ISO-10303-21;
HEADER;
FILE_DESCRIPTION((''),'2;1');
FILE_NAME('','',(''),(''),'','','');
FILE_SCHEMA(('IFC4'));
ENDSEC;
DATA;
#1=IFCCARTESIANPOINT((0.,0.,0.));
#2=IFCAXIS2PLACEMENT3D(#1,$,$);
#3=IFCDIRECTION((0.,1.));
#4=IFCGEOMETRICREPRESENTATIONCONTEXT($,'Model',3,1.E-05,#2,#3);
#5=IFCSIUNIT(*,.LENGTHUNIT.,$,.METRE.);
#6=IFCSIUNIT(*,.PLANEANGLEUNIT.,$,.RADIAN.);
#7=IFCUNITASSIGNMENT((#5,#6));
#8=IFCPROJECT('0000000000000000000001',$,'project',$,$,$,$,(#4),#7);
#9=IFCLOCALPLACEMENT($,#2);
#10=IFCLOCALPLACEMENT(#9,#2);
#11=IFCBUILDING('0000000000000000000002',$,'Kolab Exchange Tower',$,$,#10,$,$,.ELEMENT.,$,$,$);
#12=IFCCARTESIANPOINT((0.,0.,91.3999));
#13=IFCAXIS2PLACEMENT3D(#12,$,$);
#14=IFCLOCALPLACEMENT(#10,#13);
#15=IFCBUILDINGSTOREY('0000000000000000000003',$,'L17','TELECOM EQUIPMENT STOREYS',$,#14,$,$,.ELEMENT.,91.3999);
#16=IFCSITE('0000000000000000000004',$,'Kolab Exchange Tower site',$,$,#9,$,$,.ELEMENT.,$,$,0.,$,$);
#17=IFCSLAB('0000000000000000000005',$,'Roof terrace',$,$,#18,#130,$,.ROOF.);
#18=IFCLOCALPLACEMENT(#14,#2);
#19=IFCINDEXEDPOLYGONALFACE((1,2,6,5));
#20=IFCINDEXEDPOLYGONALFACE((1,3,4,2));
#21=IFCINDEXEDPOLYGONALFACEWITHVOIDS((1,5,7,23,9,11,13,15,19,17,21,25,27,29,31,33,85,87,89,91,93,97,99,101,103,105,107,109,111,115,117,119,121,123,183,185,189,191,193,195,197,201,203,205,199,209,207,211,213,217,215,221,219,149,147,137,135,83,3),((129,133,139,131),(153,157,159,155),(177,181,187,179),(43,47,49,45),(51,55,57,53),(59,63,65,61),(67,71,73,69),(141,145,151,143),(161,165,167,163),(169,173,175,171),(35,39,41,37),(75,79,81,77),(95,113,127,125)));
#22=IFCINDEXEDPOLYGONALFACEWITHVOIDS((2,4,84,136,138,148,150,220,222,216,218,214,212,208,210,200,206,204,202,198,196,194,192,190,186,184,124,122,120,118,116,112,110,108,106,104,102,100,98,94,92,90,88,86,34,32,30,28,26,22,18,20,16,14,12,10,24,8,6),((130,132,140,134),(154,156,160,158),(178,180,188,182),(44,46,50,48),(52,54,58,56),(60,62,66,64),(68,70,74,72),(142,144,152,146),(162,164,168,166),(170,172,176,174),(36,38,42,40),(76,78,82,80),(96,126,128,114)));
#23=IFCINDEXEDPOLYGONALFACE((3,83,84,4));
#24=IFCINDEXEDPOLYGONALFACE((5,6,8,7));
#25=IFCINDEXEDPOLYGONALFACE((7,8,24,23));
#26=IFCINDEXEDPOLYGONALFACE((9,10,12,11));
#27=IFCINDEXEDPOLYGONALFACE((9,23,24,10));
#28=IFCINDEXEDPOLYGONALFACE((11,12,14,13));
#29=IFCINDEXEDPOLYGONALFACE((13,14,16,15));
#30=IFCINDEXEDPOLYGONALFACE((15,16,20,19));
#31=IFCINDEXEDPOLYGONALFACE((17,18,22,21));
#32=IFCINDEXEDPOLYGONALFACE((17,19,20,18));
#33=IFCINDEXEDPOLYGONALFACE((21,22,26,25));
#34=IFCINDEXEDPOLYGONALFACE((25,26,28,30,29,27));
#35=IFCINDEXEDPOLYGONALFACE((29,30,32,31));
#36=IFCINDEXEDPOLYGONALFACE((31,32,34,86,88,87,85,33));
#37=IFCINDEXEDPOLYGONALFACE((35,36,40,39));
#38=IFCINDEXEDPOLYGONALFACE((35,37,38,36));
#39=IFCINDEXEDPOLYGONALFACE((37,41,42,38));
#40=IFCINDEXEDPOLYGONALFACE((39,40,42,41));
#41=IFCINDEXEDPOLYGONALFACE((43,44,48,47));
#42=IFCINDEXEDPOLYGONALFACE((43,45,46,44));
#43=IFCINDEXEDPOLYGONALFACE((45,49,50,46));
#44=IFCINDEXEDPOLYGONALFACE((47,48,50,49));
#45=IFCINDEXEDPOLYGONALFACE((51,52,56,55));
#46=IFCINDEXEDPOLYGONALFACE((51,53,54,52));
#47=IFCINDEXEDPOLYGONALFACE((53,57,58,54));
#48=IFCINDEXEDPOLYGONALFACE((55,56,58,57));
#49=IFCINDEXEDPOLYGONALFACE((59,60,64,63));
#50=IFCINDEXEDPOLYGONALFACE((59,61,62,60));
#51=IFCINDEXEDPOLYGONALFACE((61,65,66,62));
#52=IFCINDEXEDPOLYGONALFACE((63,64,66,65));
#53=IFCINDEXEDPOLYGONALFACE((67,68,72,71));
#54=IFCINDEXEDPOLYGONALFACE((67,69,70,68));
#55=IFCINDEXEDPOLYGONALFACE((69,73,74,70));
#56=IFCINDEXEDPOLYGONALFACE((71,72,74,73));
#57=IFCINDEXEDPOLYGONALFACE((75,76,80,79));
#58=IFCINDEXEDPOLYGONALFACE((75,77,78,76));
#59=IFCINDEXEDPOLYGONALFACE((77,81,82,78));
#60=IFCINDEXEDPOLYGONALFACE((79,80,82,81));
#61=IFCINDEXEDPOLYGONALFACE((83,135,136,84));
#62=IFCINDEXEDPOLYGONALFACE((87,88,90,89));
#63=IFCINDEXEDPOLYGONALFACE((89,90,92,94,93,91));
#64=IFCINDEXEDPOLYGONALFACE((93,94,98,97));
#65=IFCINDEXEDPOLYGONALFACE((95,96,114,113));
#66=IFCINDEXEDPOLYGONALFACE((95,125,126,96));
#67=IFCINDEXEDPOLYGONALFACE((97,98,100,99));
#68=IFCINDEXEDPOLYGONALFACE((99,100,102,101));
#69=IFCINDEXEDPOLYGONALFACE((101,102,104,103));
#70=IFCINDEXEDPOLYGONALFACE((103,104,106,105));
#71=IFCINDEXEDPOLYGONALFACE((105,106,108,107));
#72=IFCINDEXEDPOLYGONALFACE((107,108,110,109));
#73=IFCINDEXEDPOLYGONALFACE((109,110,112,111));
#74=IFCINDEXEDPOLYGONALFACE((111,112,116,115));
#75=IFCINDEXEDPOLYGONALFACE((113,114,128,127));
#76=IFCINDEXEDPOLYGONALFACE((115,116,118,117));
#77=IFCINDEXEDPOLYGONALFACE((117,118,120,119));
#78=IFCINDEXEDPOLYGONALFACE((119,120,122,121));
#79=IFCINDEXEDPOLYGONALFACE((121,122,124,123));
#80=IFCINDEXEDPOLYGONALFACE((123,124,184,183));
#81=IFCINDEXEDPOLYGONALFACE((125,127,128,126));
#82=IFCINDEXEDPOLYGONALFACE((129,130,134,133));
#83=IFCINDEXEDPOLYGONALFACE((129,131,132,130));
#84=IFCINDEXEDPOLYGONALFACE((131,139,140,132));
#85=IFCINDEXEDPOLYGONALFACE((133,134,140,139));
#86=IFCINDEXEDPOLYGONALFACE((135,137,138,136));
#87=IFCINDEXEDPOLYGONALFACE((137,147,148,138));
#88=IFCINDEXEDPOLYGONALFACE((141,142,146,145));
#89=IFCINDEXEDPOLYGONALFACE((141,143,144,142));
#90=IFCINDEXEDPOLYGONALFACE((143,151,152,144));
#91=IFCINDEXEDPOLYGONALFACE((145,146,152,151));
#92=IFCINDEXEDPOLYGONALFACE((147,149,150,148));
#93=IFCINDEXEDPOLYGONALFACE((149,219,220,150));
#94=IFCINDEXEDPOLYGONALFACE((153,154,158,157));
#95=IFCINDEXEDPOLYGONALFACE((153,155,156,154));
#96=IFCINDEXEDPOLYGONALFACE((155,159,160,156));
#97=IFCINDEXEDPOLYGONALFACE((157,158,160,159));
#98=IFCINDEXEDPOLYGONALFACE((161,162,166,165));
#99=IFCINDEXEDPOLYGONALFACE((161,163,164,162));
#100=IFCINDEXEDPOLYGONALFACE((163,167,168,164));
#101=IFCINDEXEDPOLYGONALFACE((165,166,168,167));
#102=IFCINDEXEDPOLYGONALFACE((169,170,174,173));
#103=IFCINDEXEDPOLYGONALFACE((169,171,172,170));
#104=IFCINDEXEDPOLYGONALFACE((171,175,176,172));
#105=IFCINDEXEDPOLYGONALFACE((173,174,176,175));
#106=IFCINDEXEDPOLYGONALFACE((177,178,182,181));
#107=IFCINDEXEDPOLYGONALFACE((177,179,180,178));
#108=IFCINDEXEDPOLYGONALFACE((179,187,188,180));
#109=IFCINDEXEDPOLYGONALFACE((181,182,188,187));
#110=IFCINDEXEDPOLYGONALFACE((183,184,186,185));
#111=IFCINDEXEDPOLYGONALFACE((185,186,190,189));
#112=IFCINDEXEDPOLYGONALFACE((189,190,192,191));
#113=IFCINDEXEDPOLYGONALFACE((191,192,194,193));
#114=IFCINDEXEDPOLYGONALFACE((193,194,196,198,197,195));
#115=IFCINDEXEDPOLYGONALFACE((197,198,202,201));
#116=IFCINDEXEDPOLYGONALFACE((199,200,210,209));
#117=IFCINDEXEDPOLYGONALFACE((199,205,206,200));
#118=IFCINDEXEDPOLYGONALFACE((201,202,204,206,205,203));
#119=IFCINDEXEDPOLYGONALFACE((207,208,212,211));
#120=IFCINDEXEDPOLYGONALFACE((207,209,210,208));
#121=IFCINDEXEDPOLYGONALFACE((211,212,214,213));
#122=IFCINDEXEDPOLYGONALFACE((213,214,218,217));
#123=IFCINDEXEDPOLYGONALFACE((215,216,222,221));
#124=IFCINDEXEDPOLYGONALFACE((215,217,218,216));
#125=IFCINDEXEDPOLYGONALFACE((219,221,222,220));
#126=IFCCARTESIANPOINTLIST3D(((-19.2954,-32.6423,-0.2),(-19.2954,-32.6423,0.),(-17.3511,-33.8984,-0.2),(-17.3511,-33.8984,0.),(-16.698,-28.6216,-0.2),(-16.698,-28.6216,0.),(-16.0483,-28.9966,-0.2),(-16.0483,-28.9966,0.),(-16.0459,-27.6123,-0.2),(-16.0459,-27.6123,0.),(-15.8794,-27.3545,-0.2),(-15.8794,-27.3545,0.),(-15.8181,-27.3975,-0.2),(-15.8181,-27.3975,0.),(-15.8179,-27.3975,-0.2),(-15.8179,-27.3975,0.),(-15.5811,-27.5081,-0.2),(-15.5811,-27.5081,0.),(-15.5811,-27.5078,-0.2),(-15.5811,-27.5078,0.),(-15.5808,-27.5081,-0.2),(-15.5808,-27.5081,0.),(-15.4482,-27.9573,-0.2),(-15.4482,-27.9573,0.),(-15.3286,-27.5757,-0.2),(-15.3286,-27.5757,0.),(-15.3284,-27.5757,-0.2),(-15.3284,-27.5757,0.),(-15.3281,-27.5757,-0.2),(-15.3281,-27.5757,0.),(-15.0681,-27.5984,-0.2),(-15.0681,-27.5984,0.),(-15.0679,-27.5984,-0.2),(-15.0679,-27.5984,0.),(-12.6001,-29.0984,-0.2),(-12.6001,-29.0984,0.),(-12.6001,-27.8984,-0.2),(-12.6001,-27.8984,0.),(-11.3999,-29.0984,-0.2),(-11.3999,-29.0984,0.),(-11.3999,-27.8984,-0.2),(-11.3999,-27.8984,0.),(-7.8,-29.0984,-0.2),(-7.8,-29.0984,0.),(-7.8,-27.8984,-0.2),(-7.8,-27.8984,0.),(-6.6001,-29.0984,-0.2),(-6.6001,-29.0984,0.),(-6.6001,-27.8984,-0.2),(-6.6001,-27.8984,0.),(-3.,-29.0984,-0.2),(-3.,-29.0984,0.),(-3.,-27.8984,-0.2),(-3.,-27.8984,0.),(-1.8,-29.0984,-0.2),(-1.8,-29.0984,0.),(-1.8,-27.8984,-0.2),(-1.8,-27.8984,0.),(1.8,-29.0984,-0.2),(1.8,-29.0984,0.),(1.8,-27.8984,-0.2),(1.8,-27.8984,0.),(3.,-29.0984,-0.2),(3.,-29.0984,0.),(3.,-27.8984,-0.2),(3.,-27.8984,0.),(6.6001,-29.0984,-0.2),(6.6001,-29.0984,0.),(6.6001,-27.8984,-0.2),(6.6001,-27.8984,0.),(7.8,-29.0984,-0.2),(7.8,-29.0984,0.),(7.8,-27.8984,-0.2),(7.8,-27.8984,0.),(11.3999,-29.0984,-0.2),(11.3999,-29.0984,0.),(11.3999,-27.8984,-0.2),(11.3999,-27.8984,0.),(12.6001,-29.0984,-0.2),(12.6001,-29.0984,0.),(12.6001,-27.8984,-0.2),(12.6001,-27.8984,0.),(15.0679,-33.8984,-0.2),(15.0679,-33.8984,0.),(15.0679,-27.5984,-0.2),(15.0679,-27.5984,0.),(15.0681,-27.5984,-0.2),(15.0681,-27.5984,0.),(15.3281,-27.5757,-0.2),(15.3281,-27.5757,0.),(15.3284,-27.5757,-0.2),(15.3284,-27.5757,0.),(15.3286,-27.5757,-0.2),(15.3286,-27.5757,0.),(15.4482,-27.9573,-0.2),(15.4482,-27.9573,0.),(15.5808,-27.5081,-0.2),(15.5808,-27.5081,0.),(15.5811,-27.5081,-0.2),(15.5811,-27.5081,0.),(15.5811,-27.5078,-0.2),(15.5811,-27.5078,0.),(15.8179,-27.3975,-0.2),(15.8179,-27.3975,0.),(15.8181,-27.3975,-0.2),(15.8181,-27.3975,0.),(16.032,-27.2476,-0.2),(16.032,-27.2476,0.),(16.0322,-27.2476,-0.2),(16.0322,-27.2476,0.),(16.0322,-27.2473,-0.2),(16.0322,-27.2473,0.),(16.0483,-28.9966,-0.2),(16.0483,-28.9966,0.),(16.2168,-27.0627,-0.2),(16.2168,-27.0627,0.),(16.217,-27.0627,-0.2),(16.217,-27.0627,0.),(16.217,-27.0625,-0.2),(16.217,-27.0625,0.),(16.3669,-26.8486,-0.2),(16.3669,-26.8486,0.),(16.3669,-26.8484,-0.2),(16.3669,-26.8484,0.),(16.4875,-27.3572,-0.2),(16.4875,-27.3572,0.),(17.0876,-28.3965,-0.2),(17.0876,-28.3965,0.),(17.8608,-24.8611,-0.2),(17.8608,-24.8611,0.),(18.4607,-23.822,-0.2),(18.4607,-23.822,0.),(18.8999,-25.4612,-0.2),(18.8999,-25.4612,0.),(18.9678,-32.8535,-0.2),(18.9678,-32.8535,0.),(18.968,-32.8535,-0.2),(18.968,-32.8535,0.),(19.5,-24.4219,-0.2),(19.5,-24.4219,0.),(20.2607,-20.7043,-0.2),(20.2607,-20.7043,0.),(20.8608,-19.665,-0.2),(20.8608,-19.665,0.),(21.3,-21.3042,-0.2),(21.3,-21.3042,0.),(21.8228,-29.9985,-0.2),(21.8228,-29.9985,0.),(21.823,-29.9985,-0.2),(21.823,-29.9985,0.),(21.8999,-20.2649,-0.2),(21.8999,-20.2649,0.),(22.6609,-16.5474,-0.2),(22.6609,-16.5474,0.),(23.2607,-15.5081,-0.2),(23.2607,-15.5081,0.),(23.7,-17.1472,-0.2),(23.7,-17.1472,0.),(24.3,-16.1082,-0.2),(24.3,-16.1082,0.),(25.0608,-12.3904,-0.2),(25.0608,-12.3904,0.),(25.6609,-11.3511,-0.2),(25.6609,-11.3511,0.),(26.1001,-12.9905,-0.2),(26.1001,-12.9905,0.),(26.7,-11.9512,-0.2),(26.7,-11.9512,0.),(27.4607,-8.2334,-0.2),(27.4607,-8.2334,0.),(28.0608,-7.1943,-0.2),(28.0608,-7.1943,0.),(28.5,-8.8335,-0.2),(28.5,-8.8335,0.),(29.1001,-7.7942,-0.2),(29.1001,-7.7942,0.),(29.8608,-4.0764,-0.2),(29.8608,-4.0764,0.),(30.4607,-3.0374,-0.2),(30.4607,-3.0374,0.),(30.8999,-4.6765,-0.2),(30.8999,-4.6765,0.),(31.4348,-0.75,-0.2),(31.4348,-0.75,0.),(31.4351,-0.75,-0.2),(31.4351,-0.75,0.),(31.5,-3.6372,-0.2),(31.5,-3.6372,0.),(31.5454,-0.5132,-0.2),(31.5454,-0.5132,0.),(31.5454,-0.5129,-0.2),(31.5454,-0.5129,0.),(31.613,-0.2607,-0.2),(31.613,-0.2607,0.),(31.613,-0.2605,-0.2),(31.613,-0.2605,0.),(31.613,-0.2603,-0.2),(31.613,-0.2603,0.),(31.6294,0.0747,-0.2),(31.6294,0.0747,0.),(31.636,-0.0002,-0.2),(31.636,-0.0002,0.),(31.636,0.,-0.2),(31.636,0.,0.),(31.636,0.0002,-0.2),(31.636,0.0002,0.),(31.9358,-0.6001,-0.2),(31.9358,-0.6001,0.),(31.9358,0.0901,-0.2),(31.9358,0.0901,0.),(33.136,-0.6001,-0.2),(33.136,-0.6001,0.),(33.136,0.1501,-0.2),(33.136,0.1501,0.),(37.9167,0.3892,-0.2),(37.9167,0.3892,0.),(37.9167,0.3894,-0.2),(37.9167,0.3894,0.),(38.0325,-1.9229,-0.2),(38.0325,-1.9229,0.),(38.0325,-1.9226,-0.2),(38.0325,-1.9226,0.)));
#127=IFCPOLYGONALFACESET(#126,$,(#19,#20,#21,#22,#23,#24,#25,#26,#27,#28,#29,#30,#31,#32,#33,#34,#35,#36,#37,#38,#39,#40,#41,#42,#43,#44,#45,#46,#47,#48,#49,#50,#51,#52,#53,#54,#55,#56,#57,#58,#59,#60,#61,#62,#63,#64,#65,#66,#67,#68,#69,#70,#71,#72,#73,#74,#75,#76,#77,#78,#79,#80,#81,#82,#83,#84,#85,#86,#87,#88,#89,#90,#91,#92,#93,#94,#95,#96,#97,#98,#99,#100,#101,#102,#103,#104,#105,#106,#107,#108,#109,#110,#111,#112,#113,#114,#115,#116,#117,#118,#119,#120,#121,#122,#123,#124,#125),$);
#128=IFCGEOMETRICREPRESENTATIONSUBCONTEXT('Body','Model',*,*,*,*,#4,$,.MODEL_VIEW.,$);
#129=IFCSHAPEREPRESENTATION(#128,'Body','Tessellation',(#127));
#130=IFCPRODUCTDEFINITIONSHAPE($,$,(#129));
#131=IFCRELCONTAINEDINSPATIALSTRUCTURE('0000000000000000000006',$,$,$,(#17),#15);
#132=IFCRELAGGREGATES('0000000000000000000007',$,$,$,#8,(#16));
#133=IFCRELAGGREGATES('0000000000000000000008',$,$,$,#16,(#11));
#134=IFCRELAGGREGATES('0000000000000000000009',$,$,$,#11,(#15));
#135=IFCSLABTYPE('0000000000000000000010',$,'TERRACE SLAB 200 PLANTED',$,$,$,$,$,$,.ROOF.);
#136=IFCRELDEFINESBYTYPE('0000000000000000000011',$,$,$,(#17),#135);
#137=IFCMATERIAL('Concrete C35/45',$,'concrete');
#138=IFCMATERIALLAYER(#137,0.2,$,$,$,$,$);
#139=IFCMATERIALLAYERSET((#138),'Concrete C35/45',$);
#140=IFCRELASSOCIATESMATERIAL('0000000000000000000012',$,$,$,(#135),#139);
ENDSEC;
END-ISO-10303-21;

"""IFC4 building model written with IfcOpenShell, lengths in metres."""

from ifc_helpers import new_model, si_unit, direction, frame, origin, place, context, subcontext, project, spatial, polyline, outline, extrude, material, layer, layer_set, type_object, element, save


model = new_model("IFC4")

# Units and contexts
model_context = context("Model", 3, precision=1e-05, world=origin(), true_north=direction((0.0, 1.0)))
body_context = subcontext(model_context, "Body", "Model", "MODEL_VIEW")
ifc_project = project(units=[si_unit("LENGTHUNIT", "METRE"), si_unit("PLANEANGLEUNIT", "RADIAN")], contexts=[model_context])

# Site, building, storey
site_placement = place(None, origin())
site = spatial("IfcSite", under=ifc_project, at=site_placement, Name="Kolab Exchange Tower site", CompositionType="ELEMENT", RefElevation=0.0)
building_placement = place(site_placement, origin())
building = spatial("IfcBuilding", under=site, at=building_placement, Name="Kolab Exchange Tower", CompositionType="ELEMENT")
storey_placement = place(building_placement, frame((0.0, 0.0, 91.3999)))
storey = spatial("IfcBuildingStorey", under=building, at=storey_placement, Name="L17", Description="TELECOM EQUIPMENT STOREYS", CompositionType="ELEMENT", Elevation=91.3999)

# Slab
ifc_material_1 = material(Name="Concrete C35/45", Category="concrete")
ifc_layer_1 = layer(ifc_material_1, 0.2)
ifc_layer_set_1 = layer_set([ifc_layer_1], Name="Concrete C35/45")
slab_type_1 = type_object("IfcSlabType", Name="TERRACE SLAB 200 PLANTED", PredefinedType="ROOF", material=ifc_layer_set_1)
slab_1_placement = place(storey_placement, frame((0.0, 0.0, -0.2)))
element("IfcSlab", 1, at=slab_1_placement, inside=storey, type_object=slab_type_1, Name="Roof terrace", PredefinedType="ROOF", context=body_context, shape_type="SweptSolid", body=[
    extrude(outline(polyline([(-19.2954, -32.6423), (-17.3511, -33.8984), (15.0679, -33.8984), (18.9678, -32.8535), (18.968, -32.8535), (21.8228, -29.9985), (21.823, -29.9985), (38.0325, -1.9229), (38.0325, -1.9226), (37.9167, 0.3892), (37.9167, 0.3894), (33.136, 0.1501), (33.136, -0.6001), (31.9358, -0.6001), (31.9358, 0.0901), (31.6294, 0.0747), (31.636, 0.0002), (31.636, 0.0), (31.636, -0.0002), (31.613, -0.2603), (31.613, -0.2605), (31.613, -0.2607), (31.5454, -0.5129), (31.5454, -0.5132), (31.4351, -0.75), (31.4348, -0.75), (16.3669, -26.8484), (16.3669, -26.8486), (16.217, -27.0625), (16.217, -27.0627), (16.2168, -27.0627), (16.0322, -27.2473), (16.0322, -27.2476), (16.032, -27.2476), (15.8181, -27.3975), (15.8179, -27.3975), (15.5811, -27.5078), (15.5811, -27.5081), (15.5808, -27.5081), (15.3286, -27.5757), (15.3284, -27.5757), (15.3281, -27.5757), (15.0681, -27.5984), (15.0679, -27.5984), (-15.0679, -27.5984), (-15.0681, -27.5984), (-15.3281, -27.5757), (-15.3284, -27.5757), (-15.3286, -27.5757), (-15.5808, -27.5081), (-15.5811, -27.5081), (-15.5811, -27.5078), (-15.8179, -27.3975), (-15.8181, -27.3975), (-15.8794, -27.3545), (-16.0459, -27.6123), (-15.4482, -27.9573), (-16.0483, -28.9966), (-16.698, -28.6216), (-19.2954, -32.6423)]), holes=[polyline([(-12.6001, -27.8984), (-11.3999, -27.8984), (-11.3999, -29.0984), (-12.6001, -29.0984), (-12.6001, -27.8984)]), polyline([(-3.0, -27.8984), (-1.8, -27.8984), (-1.8, -29.0984), (-3.0, -29.0984), (-3.0, -27.8984)]), polyline([(-7.8, -27.8984), (-6.6001, -27.8984), (-6.6001, -29.0984), (-7.8, -29.0984), (-7.8, -27.8984)]), polyline([(6.6001, -27.8984), (7.8, -27.8984), (7.8, -29.0984), (6.6001, -29.0984), (6.6001, -27.8984)]), polyline([(1.8, -27.8984), (3.0, -27.8984), (3.0, -29.0984), (1.8, -29.0984), (1.8, -27.8984)]), polyline([(11.3999, -27.8984), (12.6001, -27.8984), (12.6001, -29.0984), (11.3999, -29.0984), (11.3999, -27.8984)]), polyline([(16.4875, -27.3572), (17.0876, -28.3965), (16.0483, -28.9966), (15.4482, -27.9573), (16.4875, -27.3572)]), polyline([(18.4607, -23.822), (19.5, -24.4219), (18.8999, -25.4612), (17.8608, -24.8611), (18.4607, -23.822)]), polyline([(20.2607, -20.7043), (20.8608, -19.665), (21.8999, -20.2649), (21.3, -21.3042), (20.2607, -20.7043)]), polyline([(22.6609, -16.5474), (23.2607, -15.5081), (24.3, -16.1082), (23.7, -17.1472), (22.6609, -16.5474)]), polyline([(25.0608, -12.3904), (25.6609, -11.3511), (26.7, -11.9512), (26.1001, -12.9905), (25.0608, -12.3904)]), polyline([(27.4607, -8.2334), (28.0608, -7.1943), (29.1001, -7.7942), (28.5, -8.8335), (27.4607, -8.2334)]), polyline([(30.4607, -3.0374), (31.5, -3.6372), (30.8999, -4.6765), (29.8608, -4.0764), (30.4607, -3.0374)])]), origin(), (0.0, 0.0, 1.0), 0.2),
])

save(model, "model.ifc")
